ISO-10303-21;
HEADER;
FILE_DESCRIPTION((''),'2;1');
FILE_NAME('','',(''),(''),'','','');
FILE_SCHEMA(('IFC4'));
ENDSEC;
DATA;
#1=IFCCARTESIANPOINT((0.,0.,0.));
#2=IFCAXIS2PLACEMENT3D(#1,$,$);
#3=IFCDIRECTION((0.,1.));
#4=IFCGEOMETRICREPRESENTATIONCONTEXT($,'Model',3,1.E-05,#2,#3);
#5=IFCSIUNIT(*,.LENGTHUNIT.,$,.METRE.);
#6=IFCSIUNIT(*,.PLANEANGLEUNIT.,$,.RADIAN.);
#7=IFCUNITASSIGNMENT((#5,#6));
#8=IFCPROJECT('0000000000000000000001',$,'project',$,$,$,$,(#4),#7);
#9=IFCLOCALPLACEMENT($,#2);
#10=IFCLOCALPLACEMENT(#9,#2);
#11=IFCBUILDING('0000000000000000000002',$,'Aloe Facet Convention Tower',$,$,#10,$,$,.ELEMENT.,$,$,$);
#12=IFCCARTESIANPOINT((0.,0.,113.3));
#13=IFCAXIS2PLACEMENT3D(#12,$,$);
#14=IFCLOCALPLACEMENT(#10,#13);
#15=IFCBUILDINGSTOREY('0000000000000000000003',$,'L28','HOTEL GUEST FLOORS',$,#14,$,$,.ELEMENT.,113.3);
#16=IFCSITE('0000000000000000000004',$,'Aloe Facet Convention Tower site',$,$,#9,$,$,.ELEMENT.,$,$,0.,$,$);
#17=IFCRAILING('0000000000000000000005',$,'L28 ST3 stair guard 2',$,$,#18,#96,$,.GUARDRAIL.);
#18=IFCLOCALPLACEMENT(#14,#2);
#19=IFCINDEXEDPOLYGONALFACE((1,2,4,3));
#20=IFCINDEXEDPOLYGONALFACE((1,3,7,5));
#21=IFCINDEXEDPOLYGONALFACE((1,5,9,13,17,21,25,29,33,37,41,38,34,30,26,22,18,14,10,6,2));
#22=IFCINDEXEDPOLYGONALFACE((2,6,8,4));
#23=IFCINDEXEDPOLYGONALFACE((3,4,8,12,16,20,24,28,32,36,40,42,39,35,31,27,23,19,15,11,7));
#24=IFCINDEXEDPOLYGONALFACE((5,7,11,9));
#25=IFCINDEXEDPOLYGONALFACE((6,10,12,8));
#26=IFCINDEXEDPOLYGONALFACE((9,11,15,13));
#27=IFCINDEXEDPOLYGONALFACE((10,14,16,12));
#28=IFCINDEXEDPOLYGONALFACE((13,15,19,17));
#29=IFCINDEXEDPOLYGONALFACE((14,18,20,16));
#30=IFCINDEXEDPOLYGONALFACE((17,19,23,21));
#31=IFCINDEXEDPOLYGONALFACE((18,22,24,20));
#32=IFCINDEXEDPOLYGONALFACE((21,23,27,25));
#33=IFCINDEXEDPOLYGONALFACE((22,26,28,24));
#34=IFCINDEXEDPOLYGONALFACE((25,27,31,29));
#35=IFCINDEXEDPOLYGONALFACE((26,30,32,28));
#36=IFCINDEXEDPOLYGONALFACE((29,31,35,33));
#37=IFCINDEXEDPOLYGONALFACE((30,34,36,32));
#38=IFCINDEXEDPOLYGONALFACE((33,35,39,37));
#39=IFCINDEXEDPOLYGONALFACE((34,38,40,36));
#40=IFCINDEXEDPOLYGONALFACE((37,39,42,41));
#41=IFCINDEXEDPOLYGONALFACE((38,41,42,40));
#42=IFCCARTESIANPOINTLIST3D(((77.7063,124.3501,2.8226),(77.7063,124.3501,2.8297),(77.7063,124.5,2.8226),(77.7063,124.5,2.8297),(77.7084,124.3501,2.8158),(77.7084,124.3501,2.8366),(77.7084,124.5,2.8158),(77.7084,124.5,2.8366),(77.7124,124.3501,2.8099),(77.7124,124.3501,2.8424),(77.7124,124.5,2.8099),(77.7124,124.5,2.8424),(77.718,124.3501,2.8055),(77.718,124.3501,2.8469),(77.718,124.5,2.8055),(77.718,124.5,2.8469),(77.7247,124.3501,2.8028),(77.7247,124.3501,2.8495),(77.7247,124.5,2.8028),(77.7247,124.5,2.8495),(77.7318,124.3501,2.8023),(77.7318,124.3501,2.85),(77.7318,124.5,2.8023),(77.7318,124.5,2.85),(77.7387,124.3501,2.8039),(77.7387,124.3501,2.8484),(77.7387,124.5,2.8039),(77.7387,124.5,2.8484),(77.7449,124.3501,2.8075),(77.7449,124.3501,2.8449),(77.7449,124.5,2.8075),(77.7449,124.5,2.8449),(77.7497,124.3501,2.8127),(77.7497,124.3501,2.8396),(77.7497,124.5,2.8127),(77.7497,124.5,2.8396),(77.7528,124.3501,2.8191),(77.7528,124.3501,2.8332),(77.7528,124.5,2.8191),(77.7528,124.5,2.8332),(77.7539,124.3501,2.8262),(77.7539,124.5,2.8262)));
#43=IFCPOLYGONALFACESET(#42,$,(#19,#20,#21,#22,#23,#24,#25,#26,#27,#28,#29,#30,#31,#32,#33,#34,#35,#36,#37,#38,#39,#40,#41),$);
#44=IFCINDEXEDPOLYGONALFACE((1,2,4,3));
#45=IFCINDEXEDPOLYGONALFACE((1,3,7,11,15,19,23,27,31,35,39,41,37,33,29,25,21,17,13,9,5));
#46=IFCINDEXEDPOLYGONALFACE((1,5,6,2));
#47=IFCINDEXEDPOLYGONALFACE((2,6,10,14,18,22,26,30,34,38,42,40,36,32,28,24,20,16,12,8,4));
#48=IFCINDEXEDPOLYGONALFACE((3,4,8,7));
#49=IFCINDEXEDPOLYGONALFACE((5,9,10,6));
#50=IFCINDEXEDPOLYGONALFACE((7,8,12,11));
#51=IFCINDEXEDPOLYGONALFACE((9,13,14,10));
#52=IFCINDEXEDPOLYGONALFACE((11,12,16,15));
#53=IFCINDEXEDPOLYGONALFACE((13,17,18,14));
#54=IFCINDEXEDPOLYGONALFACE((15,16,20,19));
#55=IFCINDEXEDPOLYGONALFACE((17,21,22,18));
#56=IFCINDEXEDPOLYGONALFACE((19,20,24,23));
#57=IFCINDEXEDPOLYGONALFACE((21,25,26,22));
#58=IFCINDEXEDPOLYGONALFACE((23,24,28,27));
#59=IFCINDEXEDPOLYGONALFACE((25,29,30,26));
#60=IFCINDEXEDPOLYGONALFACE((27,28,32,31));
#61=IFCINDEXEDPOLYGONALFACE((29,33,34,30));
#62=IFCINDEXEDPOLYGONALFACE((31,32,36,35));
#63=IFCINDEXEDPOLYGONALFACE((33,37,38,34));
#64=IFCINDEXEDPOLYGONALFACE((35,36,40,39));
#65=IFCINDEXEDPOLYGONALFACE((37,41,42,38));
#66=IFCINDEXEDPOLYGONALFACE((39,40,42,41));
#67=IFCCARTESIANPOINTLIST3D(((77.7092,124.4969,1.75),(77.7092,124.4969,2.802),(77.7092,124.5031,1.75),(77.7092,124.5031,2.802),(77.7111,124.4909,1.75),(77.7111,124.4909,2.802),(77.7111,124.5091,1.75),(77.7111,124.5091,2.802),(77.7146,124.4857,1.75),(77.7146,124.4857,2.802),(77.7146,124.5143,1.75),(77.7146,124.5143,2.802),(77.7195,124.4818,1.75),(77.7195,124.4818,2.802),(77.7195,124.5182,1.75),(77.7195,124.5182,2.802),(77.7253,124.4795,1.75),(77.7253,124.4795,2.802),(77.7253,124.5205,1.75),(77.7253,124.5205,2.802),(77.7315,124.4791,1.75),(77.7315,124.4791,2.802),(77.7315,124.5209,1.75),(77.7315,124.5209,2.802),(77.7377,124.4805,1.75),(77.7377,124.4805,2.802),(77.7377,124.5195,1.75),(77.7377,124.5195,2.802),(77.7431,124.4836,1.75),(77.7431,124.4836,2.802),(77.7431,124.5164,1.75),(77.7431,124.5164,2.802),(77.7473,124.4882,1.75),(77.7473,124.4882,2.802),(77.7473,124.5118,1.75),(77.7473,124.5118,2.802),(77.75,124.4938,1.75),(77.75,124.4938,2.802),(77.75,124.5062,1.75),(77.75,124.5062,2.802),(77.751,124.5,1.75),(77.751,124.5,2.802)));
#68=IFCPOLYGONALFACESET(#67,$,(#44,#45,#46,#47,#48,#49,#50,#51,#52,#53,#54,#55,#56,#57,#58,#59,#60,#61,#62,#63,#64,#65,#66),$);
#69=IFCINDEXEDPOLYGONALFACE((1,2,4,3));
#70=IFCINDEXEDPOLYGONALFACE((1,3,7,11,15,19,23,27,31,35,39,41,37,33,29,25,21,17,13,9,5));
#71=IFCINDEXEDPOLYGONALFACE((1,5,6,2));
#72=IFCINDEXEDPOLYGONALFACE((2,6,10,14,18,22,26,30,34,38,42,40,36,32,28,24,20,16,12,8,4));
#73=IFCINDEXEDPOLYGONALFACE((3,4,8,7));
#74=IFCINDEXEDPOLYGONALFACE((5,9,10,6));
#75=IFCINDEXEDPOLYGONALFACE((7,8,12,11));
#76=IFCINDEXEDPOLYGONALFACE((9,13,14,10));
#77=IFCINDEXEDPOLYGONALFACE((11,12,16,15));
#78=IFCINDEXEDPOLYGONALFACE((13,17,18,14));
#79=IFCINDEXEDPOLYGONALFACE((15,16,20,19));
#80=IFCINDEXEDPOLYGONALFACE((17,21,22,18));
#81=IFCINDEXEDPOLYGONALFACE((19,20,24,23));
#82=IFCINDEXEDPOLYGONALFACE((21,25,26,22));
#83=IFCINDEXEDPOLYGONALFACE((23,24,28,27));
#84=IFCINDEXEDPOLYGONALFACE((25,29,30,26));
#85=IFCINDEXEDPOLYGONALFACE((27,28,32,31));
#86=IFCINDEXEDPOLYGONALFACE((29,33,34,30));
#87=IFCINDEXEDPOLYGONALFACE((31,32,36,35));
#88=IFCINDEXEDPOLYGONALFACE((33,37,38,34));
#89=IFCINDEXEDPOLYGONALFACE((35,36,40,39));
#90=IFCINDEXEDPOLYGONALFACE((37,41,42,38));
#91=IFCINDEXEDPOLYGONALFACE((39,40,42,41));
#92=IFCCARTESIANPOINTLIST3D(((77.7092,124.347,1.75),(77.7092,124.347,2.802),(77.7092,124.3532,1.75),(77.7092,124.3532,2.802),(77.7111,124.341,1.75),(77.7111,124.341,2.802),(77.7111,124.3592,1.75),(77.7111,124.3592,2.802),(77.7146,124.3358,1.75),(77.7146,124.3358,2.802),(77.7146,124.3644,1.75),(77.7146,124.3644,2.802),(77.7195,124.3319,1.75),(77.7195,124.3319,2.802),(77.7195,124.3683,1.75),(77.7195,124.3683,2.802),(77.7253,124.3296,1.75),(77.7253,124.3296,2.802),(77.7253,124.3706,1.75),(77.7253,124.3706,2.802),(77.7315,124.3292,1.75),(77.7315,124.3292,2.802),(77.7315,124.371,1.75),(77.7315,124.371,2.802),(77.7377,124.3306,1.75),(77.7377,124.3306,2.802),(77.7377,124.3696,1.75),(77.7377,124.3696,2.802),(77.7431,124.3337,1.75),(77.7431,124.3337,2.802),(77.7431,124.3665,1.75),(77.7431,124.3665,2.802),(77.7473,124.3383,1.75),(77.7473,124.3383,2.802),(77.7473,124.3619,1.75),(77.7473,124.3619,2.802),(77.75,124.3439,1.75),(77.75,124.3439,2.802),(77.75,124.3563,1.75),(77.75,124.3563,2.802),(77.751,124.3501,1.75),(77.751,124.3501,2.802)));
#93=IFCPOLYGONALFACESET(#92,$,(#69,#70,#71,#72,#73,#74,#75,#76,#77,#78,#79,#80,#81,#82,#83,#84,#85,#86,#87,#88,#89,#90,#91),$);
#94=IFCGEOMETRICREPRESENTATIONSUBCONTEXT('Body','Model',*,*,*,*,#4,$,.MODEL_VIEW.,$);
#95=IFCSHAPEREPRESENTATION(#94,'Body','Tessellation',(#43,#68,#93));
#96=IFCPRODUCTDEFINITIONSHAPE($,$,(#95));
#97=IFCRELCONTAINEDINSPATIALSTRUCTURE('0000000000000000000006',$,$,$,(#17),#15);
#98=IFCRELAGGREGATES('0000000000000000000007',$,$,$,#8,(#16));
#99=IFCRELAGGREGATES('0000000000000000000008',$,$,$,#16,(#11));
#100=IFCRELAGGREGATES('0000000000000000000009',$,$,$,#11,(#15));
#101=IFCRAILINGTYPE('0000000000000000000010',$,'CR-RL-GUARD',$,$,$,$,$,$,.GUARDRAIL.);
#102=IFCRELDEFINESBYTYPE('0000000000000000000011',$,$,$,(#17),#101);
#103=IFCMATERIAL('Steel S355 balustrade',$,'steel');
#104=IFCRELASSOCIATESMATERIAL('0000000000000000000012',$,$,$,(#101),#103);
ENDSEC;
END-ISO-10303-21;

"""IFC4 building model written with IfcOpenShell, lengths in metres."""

from ifc_helpers import new_model, si_unit, direction, frame, origin, origin_2d, place, context, subcontext, project, spatial, circle, extrude, material, type_object, element, save


model = new_model("IFC4")

# Units and contexts
model_context = context("Model", 3, precision=1e-05, world=origin(), true_north=direction((0.0, 1.0)))
body_context = subcontext(model_context, "Body", "Model", "MODEL_VIEW")
ifc_project = project(units=[si_unit("LENGTHUNIT", "METRE"), si_unit("PLANEANGLEUNIT", "RADIAN")], contexts=[model_context])

# Site, building, storey
site_placement = place(None, origin())
site = spatial("IfcSite", under=ifc_project, at=site_placement, Name="Aloe Facet Convention Tower site", CompositionType="ELEMENT", RefElevation=0.0)
building_placement = place(site_placement, origin())
building = spatial("IfcBuilding", under=site, at=building_placement, Name="Aloe Facet Convention Tower", CompositionType="ELEMENT")
storey_placement = place(building_placement, frame((0.0, 0.0, 113.3)))
storey = spatial("IfcBuildingStorey", under=building, at=storey_placement, Name="L28", Description="HOTEL GUEST FLOORS", CompositionType="ELEMENT", Elevation=113.3)

# Railing
ifc_material_1 = material(Name="Steel S355 balustrade", Category="steel")
railing_type_1 = type_object("IfcRailingType", Name="CR-RL-GUARD", PredefinedType="GUARDRAIL", material=ifc_material_1)
railing_1_placement = place(storey_placement, frame((77.73, 124.5, 1.75)))
element("IfcRailing", 1, at=railing_1_placement, inside=storey, type_object=railing_type_1, Name="L28 ST3 stair guard 2", PredefinedType="GUARDRAIL", context=body_context, shape_type="SweptSolid", body=[
    extrude(circle(Radius=0.0239, at=origin_2d()), frame((0.0, 0.0, 1.0762), z_axis=(0.0, -1.0, 0.0), x_axis=(1.0, 0.0, 0.0)), (0.0, 0.0, 1.0), 0.1499),
    extrude(circle(Radius=0.021, at=origin_2d()), origin(), (0.0, 0.0, 1.0), 1.052),
    extrude(circle(Radius=0.021, at=origin_2d()), frame((0.0, -0.1499, 0.0)), (0.0, 0.0, 1.0), 1.052),
])

save(model, "model.ifc")
